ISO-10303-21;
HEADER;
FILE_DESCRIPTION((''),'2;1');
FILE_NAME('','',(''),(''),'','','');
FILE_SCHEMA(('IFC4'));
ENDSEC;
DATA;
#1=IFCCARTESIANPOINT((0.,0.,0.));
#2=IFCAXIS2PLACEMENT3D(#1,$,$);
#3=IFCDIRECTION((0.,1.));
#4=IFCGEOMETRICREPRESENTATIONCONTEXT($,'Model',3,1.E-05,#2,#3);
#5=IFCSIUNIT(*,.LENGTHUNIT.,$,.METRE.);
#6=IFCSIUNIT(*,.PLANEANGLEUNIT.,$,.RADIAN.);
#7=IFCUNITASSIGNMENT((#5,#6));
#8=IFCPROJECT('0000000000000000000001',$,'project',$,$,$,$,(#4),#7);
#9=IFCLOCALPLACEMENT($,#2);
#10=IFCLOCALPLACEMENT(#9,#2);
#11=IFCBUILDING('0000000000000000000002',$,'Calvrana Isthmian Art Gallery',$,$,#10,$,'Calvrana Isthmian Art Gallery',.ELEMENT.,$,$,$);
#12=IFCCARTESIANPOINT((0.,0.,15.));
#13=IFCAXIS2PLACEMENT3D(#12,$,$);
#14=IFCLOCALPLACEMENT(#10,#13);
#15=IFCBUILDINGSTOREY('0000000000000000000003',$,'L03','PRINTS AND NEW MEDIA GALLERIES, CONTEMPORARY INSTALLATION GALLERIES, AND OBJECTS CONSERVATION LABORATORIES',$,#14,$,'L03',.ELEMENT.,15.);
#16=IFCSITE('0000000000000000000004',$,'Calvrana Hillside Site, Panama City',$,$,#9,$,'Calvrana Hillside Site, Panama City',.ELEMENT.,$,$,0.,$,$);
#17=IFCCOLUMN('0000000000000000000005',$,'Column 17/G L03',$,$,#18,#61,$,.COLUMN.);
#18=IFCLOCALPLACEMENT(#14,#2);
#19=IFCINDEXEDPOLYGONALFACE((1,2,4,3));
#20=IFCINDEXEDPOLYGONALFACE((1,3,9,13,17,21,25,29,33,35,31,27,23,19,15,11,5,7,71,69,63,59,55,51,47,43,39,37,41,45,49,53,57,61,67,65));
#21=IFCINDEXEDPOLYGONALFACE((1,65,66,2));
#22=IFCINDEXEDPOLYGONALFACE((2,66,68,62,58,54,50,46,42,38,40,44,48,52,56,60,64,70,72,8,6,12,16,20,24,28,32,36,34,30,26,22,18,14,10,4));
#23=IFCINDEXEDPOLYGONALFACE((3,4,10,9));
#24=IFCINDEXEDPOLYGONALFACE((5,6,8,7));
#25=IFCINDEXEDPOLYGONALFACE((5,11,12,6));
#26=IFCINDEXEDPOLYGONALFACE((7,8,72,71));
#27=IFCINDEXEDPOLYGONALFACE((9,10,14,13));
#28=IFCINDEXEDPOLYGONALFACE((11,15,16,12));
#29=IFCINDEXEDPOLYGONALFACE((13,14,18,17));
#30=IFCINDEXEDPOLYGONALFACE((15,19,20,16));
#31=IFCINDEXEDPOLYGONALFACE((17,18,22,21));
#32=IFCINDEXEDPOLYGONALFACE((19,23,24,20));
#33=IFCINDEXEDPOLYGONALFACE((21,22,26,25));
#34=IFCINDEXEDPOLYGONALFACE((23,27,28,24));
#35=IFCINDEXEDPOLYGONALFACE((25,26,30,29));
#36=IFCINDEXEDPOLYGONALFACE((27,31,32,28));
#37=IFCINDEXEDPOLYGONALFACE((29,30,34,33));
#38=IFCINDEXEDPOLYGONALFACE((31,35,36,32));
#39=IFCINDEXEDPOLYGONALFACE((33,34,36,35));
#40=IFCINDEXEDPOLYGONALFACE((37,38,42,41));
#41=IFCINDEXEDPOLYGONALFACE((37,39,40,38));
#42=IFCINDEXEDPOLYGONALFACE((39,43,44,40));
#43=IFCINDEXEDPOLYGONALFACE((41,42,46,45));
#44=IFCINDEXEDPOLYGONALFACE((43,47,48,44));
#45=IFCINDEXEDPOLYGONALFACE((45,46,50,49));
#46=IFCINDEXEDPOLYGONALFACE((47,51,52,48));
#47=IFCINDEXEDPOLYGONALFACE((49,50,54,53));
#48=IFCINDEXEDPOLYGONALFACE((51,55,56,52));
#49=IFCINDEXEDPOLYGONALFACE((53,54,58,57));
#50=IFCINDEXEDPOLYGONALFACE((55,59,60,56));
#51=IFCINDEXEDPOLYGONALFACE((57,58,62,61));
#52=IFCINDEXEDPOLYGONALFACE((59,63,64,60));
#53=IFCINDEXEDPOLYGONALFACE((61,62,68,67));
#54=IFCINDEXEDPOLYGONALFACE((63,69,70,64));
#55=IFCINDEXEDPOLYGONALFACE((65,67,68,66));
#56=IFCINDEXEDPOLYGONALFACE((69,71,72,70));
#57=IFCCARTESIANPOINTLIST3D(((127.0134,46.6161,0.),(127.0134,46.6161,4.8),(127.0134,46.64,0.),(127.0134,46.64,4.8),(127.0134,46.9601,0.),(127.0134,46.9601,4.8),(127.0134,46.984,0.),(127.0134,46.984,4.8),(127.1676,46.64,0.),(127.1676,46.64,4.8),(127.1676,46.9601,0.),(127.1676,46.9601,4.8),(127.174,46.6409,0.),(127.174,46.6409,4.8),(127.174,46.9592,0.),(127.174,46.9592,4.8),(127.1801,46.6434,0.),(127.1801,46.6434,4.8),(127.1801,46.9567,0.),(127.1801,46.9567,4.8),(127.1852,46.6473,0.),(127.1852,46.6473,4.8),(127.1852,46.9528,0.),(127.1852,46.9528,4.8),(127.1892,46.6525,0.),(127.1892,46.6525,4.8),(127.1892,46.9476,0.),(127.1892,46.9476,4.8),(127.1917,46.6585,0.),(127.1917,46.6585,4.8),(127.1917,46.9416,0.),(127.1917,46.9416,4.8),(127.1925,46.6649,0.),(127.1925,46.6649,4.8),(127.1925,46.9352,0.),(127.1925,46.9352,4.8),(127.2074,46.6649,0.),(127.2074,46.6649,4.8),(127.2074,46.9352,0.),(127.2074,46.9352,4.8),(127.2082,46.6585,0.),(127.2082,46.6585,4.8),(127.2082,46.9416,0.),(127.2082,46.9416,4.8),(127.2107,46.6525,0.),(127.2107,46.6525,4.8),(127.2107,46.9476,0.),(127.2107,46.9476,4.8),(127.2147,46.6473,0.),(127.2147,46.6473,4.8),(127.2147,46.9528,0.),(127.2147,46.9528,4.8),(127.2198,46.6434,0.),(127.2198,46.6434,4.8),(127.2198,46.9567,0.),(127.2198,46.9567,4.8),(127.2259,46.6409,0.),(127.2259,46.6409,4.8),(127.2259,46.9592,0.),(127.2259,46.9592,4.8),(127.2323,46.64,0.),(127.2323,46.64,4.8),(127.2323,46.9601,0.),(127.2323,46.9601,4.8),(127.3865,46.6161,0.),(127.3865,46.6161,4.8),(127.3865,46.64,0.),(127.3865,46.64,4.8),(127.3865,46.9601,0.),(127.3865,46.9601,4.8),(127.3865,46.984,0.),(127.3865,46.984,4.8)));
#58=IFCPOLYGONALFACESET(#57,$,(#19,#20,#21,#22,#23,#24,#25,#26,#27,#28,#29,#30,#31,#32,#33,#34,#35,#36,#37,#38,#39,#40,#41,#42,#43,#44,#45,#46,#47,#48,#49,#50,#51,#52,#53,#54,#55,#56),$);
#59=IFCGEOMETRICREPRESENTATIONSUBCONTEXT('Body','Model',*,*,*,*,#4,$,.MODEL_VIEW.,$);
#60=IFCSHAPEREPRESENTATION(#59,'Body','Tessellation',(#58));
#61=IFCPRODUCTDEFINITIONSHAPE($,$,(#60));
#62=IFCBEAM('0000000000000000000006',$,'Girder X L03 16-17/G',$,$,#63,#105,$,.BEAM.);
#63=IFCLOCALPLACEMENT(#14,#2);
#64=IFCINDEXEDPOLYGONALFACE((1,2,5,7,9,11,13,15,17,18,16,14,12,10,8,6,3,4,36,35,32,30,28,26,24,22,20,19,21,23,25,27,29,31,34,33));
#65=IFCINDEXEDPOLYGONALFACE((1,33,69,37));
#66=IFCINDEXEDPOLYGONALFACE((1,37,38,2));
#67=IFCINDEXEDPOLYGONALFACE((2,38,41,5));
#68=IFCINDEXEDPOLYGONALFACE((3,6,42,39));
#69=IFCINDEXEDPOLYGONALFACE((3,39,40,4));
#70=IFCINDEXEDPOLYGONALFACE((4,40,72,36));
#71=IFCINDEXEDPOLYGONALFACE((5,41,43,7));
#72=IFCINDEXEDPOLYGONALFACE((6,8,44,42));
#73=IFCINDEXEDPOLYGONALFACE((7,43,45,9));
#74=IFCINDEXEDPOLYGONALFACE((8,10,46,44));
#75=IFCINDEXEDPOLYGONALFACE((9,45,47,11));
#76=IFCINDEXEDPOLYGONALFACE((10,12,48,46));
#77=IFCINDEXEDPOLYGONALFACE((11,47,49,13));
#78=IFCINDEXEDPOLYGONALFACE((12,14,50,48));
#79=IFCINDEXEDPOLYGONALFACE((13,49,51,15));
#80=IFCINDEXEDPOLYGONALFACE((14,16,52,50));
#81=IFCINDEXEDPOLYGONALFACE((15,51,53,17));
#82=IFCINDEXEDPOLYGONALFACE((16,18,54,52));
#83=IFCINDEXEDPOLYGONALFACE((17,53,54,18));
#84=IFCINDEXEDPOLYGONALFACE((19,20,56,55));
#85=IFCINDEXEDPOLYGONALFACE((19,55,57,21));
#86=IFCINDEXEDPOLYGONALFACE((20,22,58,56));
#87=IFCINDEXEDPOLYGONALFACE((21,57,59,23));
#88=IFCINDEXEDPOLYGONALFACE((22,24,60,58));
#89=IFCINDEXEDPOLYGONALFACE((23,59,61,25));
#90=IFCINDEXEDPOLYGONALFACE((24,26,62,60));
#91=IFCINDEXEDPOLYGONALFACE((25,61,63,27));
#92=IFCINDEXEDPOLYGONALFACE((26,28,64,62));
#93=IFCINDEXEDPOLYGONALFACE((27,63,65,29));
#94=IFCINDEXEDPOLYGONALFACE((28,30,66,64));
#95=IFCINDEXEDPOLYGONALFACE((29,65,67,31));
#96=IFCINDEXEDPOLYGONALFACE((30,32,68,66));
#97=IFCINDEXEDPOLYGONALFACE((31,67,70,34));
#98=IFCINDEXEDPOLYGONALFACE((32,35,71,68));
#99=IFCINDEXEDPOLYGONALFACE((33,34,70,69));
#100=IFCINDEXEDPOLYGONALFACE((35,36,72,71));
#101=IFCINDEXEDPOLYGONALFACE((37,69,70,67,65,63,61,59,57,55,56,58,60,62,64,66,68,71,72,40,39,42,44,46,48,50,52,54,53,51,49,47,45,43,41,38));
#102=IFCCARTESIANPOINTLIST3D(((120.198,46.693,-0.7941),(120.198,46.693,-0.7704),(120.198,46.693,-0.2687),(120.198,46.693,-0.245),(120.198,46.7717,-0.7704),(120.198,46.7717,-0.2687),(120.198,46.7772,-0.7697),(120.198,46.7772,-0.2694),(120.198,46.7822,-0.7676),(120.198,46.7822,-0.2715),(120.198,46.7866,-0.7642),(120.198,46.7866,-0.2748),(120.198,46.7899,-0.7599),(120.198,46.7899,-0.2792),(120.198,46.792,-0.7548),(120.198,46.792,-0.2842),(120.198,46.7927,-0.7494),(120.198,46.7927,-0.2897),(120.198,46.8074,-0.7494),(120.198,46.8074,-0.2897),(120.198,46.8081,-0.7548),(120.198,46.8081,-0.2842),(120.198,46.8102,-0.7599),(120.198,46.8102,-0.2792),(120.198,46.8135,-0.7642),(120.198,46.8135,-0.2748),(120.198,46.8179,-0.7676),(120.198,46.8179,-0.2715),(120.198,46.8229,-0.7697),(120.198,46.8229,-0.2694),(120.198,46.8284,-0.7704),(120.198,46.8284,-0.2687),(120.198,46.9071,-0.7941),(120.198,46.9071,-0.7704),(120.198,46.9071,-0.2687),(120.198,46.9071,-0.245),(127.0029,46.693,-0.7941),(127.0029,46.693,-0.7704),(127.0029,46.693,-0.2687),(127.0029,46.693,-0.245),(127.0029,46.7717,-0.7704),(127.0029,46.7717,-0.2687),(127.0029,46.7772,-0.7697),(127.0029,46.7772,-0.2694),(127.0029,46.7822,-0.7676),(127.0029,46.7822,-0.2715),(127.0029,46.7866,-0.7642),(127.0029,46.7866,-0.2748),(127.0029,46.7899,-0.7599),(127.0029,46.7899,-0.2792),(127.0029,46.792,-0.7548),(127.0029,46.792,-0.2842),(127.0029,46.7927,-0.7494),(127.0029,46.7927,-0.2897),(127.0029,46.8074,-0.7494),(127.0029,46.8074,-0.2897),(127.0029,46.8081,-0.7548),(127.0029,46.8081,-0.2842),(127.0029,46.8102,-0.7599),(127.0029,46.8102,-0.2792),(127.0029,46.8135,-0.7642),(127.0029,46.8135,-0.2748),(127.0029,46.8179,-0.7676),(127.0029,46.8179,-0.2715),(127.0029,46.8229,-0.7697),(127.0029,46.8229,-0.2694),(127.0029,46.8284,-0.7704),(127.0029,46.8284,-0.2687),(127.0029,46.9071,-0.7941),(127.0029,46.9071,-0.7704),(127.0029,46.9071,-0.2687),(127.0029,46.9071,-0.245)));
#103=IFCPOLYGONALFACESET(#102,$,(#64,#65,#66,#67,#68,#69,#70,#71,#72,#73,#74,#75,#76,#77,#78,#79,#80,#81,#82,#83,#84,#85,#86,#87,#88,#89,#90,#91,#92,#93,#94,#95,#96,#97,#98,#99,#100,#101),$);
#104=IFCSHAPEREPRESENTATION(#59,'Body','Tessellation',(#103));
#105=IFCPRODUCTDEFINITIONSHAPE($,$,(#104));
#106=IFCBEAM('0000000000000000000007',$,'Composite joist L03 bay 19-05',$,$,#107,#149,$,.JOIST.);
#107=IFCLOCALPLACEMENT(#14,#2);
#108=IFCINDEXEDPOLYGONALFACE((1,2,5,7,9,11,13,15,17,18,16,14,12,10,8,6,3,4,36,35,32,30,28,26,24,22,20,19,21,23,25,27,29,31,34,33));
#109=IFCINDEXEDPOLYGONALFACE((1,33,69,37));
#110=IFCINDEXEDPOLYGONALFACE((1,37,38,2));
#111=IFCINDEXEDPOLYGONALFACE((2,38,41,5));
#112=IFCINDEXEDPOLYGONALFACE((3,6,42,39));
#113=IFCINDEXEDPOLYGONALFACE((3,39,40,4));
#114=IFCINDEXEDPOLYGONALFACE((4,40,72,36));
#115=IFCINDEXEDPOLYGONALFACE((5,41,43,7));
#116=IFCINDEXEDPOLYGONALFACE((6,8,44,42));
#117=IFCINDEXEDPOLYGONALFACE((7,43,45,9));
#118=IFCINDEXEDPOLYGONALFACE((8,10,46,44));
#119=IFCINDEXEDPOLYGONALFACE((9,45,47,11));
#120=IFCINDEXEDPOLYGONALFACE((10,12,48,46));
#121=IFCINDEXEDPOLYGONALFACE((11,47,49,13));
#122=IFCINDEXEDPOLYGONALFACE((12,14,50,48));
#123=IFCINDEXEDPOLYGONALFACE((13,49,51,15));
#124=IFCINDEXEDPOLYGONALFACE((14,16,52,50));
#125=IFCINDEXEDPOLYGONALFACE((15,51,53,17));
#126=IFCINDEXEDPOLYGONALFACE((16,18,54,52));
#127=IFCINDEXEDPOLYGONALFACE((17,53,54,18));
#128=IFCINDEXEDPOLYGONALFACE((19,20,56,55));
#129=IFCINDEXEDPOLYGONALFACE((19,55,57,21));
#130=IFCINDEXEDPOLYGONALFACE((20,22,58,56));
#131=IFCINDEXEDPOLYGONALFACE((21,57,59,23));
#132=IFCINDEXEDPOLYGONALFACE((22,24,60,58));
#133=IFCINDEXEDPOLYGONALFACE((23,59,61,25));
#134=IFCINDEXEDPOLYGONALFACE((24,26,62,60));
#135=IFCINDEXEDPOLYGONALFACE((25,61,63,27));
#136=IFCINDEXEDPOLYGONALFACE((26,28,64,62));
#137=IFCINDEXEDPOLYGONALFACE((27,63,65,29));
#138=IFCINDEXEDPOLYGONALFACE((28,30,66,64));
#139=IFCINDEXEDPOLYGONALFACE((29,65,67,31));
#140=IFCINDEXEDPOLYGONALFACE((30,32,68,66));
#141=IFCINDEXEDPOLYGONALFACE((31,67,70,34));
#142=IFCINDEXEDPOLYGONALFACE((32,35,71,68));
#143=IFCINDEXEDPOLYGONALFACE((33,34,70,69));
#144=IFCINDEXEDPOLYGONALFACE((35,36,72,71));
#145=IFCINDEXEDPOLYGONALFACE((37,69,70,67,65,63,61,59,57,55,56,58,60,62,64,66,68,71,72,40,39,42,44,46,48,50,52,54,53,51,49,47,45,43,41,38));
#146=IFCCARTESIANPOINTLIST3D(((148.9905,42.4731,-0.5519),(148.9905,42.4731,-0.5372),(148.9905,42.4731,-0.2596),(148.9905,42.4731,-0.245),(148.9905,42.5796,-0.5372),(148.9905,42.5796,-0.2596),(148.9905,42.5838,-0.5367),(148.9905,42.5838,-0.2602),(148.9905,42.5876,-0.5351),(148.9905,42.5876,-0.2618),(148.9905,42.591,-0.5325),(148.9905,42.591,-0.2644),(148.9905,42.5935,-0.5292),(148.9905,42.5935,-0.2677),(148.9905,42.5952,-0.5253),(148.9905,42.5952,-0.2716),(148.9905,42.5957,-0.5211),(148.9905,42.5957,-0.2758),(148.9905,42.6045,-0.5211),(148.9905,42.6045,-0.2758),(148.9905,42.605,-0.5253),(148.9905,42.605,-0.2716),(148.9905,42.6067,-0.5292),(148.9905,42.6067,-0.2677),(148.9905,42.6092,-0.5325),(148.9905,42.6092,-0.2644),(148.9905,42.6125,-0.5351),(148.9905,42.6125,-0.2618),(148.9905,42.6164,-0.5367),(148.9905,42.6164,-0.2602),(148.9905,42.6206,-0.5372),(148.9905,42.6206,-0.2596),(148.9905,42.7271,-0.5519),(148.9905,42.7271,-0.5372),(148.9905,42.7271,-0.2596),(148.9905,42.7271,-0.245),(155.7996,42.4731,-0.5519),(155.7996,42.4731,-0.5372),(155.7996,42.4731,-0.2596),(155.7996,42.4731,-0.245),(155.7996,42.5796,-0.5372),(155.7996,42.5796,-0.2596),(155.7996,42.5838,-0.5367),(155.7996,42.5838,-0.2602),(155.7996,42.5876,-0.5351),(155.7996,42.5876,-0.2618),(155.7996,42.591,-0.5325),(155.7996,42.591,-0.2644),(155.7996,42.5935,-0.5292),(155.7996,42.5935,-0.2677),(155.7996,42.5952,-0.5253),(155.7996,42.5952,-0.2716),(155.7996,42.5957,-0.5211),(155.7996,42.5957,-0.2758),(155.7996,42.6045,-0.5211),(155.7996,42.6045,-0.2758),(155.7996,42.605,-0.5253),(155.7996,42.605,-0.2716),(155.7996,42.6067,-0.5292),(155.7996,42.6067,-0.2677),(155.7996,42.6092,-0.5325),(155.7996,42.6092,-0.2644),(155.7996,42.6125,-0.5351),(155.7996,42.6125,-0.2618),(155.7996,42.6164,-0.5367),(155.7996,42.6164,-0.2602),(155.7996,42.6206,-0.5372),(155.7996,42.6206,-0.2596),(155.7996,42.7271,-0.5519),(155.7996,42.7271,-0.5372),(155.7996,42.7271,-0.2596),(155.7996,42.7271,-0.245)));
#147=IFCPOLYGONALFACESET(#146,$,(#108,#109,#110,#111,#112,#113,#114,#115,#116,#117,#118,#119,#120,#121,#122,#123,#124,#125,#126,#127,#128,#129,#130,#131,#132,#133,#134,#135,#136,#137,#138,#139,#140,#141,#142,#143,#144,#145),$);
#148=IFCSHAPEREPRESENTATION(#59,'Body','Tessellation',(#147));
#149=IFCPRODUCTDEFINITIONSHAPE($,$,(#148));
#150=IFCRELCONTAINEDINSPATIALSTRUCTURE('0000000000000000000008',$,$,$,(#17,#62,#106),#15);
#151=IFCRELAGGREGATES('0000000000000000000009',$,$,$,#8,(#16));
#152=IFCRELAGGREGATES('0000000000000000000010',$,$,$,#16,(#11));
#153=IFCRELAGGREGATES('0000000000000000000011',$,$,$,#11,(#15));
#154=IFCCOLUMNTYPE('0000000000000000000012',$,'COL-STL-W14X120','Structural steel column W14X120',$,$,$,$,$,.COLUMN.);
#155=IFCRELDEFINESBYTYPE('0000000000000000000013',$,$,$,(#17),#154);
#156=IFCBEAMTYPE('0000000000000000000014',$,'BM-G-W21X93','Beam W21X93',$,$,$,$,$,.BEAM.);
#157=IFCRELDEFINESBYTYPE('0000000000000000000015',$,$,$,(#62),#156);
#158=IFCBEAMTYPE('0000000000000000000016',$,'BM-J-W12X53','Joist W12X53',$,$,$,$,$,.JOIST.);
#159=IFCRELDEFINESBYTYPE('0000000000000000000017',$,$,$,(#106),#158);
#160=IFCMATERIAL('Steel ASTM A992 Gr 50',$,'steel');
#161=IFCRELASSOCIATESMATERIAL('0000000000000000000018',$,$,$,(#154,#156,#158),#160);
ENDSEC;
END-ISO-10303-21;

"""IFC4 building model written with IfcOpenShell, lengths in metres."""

from ifc_helpers import new_model, si_unit, direction, frame, origin, origin_2d, place, context, subcontext, project, spatial, i_section, extrude, material, material_profile, profile_set, type_object, element, save


model = new_model("IFC4")

# Units and contexts
model_context = context("Model", 3, precision=1e-05, world=origin(), true_north=direction((0.0, 1.0)))
body_context = subcontext(model_context, "Body", "Model", "MODEL_VIEW")
ifc_project = project(units=[si_unit("LENGTHUNIT", "METRE"), si_unit("PLANEANGLEUNIT", "RADIAN")], contexts=[model_context])

# Site, building, storey
site_placement = place(None, origin())
site = spatial("IfcSite", under=ifc_project, at=site_placement, Name="Calvrana Hillside Site, Panama City", LongName="Calvrana Hillside Site, Panama City", CompositionType="ELEMENT", RefElevation=0.0)
building_placement = place(site_placement, origin())
building = spatial("IfcBuilding", under=site, at=building_placement, Name="Calvrana Isthmian Art Gallery", LongName="Calvrana Isthmian Art Gallery", CompositionType="ELEMENT")
storey_placement = place(building_placement, frame((0.0, 0.0, 15.0)))
storey = spatial("IfcBuildingStorey", under=building, at=storey_placement, Name="L03", Description="PRINTS AND NEW MEDIA GALLERIES, CONTEMPORARY INSTALLATION GALLERIES, AND OBJECTS CONSERVATION LABORATORIES", LongName="L03", CompositionType="ELEMENT", Elevation=15.0)

# Column
ifc_material_1 = material(Name="Steel ASTM A992 Gr 50", Category="steel")
ifc_material_profile_1 = material_profile(ifc_material_1, i_section(OverallWidth=0.373, OverallDepth=0.3679, WebThickness=0.0149, FlangeThickness=0.0239, FilletRadius=0.0249, at=origin_2d()), Name="W14X120")
ifc_profile_set_1 = profile_set([ifc_material_profile_1], Name="Steel ASTM A992 Gr 50")
column_type = type_object("IfcColumnType", Name="COL-STL-W14X120", Description="Structural steel column W14X120", PredefinedType="COLUMN", material=ifc_profile_set_1)
column_placement = place(storey_placement, frame((127.2, 46.8, 0.0), z_axis=(0.0, 0.0, 1.0), x_axis=(1.0, 0.0, 0.0)))
element("IfcColumn", 1, at=column_placement, inside=storey, type_object=column_type, Name="Column 17/G L03", PredefinedType="COLUMN", context=body_context, shape_type="SweptSolid", body=[
    extrude(i_section(OverallWidth=0.373, OverallDepth=0.3679, WebThickness=0.0149, FlangeThickness=0.0239, FilletRadius=0.0249, at=origin_2d()), origin(), (0.0, 0.0, 1.0), 4.8),
])

# Beams
ifc_material_profile_2 = material_profile(ifc_material_1, i_section(OverallWidth=0.2141, OverallDepth=0.5491, WebThickness=0.0146, FlangeThickness=0.0237, FilletRadius=0.021, at=origin_2d()), Name="W21X93")
ifc_profile_set_2 = profile_set([ifc_material_profile_2], Name="Steel ASTM A992 Gr 50")
beam_type_1 = type_object("IfcBeamType", Name="BM-G-W21X93", Description="Beam W21X93", PredefinedType="BEAM", material=ifc_profile_set_2)
beam_1_placement = place(storey_placement, frame((120.198, 46.8, -0.5195), z_axis=(1.0, 0.0, 0.0), x_axis=(0.0, 1.0, 0.0)))
element("IfcBeam", 2, at=beam_1_placement, inside=storey, type_object=beam_type_1, Name="Girder X L03 16-17/G", PredefinedType="BEAM", context=body_context, shape_type="SweptSolid", body=[
    extrude(i_section(OverallWidth=0.2141, OverallDepth=0.5491, WebThickness=0.0146, FlangeThickness=0.0237, FilletRadius=0.021, at=origin_2d()), origin(), (0.0, 0.0, 1.0), 6.8049),
])
ifc_material_profile_3 = material_profile(ifc_material_1, i_section(OverallWidth=0.2539, OverallDepth=0.3069, WebThickness=0.0088, FlangeThickness=0.0146, FilletRadius=0.0161, at=origin_2d()), Name="W12X53")
ifc_profile_set_3 = profile_set([ifc_material_profile_3], Name="Steel ASTM A992 Gr 50")
beam_type_2 = type_object("IfcBeamType", Name="BM-J-W12X53", Description="Joist W12X53", PredefinedType="JOIST", material=ifc_profile_set_3)
beam_2_placement = place(storey_placement, frame((148.9905, 42.6001, -0.3984), z_axis=(1.0, 0.0, 0.0), x_axis=(0.0, 1.0, 0.0)))
element("IfcBeam", 3, at=beam_2_placement, inside=storey, type_object=beam_type_2, Name="Composite joist L03 bay 19-05", PredefinedType="JOIST", context=body_context, shape_type="SweptSolid", body=[
    extrude(i_section(OverallWidth=0.2539, OverallDepth=0.3069, WebThickness=0.0088, FlangeThickness=0.0146, FilletRadius=0.0161, at=origin_2d()), origin(), (0.0, 0.0, 1.0), 6.8091),
])

save(model, "model.ifc")
